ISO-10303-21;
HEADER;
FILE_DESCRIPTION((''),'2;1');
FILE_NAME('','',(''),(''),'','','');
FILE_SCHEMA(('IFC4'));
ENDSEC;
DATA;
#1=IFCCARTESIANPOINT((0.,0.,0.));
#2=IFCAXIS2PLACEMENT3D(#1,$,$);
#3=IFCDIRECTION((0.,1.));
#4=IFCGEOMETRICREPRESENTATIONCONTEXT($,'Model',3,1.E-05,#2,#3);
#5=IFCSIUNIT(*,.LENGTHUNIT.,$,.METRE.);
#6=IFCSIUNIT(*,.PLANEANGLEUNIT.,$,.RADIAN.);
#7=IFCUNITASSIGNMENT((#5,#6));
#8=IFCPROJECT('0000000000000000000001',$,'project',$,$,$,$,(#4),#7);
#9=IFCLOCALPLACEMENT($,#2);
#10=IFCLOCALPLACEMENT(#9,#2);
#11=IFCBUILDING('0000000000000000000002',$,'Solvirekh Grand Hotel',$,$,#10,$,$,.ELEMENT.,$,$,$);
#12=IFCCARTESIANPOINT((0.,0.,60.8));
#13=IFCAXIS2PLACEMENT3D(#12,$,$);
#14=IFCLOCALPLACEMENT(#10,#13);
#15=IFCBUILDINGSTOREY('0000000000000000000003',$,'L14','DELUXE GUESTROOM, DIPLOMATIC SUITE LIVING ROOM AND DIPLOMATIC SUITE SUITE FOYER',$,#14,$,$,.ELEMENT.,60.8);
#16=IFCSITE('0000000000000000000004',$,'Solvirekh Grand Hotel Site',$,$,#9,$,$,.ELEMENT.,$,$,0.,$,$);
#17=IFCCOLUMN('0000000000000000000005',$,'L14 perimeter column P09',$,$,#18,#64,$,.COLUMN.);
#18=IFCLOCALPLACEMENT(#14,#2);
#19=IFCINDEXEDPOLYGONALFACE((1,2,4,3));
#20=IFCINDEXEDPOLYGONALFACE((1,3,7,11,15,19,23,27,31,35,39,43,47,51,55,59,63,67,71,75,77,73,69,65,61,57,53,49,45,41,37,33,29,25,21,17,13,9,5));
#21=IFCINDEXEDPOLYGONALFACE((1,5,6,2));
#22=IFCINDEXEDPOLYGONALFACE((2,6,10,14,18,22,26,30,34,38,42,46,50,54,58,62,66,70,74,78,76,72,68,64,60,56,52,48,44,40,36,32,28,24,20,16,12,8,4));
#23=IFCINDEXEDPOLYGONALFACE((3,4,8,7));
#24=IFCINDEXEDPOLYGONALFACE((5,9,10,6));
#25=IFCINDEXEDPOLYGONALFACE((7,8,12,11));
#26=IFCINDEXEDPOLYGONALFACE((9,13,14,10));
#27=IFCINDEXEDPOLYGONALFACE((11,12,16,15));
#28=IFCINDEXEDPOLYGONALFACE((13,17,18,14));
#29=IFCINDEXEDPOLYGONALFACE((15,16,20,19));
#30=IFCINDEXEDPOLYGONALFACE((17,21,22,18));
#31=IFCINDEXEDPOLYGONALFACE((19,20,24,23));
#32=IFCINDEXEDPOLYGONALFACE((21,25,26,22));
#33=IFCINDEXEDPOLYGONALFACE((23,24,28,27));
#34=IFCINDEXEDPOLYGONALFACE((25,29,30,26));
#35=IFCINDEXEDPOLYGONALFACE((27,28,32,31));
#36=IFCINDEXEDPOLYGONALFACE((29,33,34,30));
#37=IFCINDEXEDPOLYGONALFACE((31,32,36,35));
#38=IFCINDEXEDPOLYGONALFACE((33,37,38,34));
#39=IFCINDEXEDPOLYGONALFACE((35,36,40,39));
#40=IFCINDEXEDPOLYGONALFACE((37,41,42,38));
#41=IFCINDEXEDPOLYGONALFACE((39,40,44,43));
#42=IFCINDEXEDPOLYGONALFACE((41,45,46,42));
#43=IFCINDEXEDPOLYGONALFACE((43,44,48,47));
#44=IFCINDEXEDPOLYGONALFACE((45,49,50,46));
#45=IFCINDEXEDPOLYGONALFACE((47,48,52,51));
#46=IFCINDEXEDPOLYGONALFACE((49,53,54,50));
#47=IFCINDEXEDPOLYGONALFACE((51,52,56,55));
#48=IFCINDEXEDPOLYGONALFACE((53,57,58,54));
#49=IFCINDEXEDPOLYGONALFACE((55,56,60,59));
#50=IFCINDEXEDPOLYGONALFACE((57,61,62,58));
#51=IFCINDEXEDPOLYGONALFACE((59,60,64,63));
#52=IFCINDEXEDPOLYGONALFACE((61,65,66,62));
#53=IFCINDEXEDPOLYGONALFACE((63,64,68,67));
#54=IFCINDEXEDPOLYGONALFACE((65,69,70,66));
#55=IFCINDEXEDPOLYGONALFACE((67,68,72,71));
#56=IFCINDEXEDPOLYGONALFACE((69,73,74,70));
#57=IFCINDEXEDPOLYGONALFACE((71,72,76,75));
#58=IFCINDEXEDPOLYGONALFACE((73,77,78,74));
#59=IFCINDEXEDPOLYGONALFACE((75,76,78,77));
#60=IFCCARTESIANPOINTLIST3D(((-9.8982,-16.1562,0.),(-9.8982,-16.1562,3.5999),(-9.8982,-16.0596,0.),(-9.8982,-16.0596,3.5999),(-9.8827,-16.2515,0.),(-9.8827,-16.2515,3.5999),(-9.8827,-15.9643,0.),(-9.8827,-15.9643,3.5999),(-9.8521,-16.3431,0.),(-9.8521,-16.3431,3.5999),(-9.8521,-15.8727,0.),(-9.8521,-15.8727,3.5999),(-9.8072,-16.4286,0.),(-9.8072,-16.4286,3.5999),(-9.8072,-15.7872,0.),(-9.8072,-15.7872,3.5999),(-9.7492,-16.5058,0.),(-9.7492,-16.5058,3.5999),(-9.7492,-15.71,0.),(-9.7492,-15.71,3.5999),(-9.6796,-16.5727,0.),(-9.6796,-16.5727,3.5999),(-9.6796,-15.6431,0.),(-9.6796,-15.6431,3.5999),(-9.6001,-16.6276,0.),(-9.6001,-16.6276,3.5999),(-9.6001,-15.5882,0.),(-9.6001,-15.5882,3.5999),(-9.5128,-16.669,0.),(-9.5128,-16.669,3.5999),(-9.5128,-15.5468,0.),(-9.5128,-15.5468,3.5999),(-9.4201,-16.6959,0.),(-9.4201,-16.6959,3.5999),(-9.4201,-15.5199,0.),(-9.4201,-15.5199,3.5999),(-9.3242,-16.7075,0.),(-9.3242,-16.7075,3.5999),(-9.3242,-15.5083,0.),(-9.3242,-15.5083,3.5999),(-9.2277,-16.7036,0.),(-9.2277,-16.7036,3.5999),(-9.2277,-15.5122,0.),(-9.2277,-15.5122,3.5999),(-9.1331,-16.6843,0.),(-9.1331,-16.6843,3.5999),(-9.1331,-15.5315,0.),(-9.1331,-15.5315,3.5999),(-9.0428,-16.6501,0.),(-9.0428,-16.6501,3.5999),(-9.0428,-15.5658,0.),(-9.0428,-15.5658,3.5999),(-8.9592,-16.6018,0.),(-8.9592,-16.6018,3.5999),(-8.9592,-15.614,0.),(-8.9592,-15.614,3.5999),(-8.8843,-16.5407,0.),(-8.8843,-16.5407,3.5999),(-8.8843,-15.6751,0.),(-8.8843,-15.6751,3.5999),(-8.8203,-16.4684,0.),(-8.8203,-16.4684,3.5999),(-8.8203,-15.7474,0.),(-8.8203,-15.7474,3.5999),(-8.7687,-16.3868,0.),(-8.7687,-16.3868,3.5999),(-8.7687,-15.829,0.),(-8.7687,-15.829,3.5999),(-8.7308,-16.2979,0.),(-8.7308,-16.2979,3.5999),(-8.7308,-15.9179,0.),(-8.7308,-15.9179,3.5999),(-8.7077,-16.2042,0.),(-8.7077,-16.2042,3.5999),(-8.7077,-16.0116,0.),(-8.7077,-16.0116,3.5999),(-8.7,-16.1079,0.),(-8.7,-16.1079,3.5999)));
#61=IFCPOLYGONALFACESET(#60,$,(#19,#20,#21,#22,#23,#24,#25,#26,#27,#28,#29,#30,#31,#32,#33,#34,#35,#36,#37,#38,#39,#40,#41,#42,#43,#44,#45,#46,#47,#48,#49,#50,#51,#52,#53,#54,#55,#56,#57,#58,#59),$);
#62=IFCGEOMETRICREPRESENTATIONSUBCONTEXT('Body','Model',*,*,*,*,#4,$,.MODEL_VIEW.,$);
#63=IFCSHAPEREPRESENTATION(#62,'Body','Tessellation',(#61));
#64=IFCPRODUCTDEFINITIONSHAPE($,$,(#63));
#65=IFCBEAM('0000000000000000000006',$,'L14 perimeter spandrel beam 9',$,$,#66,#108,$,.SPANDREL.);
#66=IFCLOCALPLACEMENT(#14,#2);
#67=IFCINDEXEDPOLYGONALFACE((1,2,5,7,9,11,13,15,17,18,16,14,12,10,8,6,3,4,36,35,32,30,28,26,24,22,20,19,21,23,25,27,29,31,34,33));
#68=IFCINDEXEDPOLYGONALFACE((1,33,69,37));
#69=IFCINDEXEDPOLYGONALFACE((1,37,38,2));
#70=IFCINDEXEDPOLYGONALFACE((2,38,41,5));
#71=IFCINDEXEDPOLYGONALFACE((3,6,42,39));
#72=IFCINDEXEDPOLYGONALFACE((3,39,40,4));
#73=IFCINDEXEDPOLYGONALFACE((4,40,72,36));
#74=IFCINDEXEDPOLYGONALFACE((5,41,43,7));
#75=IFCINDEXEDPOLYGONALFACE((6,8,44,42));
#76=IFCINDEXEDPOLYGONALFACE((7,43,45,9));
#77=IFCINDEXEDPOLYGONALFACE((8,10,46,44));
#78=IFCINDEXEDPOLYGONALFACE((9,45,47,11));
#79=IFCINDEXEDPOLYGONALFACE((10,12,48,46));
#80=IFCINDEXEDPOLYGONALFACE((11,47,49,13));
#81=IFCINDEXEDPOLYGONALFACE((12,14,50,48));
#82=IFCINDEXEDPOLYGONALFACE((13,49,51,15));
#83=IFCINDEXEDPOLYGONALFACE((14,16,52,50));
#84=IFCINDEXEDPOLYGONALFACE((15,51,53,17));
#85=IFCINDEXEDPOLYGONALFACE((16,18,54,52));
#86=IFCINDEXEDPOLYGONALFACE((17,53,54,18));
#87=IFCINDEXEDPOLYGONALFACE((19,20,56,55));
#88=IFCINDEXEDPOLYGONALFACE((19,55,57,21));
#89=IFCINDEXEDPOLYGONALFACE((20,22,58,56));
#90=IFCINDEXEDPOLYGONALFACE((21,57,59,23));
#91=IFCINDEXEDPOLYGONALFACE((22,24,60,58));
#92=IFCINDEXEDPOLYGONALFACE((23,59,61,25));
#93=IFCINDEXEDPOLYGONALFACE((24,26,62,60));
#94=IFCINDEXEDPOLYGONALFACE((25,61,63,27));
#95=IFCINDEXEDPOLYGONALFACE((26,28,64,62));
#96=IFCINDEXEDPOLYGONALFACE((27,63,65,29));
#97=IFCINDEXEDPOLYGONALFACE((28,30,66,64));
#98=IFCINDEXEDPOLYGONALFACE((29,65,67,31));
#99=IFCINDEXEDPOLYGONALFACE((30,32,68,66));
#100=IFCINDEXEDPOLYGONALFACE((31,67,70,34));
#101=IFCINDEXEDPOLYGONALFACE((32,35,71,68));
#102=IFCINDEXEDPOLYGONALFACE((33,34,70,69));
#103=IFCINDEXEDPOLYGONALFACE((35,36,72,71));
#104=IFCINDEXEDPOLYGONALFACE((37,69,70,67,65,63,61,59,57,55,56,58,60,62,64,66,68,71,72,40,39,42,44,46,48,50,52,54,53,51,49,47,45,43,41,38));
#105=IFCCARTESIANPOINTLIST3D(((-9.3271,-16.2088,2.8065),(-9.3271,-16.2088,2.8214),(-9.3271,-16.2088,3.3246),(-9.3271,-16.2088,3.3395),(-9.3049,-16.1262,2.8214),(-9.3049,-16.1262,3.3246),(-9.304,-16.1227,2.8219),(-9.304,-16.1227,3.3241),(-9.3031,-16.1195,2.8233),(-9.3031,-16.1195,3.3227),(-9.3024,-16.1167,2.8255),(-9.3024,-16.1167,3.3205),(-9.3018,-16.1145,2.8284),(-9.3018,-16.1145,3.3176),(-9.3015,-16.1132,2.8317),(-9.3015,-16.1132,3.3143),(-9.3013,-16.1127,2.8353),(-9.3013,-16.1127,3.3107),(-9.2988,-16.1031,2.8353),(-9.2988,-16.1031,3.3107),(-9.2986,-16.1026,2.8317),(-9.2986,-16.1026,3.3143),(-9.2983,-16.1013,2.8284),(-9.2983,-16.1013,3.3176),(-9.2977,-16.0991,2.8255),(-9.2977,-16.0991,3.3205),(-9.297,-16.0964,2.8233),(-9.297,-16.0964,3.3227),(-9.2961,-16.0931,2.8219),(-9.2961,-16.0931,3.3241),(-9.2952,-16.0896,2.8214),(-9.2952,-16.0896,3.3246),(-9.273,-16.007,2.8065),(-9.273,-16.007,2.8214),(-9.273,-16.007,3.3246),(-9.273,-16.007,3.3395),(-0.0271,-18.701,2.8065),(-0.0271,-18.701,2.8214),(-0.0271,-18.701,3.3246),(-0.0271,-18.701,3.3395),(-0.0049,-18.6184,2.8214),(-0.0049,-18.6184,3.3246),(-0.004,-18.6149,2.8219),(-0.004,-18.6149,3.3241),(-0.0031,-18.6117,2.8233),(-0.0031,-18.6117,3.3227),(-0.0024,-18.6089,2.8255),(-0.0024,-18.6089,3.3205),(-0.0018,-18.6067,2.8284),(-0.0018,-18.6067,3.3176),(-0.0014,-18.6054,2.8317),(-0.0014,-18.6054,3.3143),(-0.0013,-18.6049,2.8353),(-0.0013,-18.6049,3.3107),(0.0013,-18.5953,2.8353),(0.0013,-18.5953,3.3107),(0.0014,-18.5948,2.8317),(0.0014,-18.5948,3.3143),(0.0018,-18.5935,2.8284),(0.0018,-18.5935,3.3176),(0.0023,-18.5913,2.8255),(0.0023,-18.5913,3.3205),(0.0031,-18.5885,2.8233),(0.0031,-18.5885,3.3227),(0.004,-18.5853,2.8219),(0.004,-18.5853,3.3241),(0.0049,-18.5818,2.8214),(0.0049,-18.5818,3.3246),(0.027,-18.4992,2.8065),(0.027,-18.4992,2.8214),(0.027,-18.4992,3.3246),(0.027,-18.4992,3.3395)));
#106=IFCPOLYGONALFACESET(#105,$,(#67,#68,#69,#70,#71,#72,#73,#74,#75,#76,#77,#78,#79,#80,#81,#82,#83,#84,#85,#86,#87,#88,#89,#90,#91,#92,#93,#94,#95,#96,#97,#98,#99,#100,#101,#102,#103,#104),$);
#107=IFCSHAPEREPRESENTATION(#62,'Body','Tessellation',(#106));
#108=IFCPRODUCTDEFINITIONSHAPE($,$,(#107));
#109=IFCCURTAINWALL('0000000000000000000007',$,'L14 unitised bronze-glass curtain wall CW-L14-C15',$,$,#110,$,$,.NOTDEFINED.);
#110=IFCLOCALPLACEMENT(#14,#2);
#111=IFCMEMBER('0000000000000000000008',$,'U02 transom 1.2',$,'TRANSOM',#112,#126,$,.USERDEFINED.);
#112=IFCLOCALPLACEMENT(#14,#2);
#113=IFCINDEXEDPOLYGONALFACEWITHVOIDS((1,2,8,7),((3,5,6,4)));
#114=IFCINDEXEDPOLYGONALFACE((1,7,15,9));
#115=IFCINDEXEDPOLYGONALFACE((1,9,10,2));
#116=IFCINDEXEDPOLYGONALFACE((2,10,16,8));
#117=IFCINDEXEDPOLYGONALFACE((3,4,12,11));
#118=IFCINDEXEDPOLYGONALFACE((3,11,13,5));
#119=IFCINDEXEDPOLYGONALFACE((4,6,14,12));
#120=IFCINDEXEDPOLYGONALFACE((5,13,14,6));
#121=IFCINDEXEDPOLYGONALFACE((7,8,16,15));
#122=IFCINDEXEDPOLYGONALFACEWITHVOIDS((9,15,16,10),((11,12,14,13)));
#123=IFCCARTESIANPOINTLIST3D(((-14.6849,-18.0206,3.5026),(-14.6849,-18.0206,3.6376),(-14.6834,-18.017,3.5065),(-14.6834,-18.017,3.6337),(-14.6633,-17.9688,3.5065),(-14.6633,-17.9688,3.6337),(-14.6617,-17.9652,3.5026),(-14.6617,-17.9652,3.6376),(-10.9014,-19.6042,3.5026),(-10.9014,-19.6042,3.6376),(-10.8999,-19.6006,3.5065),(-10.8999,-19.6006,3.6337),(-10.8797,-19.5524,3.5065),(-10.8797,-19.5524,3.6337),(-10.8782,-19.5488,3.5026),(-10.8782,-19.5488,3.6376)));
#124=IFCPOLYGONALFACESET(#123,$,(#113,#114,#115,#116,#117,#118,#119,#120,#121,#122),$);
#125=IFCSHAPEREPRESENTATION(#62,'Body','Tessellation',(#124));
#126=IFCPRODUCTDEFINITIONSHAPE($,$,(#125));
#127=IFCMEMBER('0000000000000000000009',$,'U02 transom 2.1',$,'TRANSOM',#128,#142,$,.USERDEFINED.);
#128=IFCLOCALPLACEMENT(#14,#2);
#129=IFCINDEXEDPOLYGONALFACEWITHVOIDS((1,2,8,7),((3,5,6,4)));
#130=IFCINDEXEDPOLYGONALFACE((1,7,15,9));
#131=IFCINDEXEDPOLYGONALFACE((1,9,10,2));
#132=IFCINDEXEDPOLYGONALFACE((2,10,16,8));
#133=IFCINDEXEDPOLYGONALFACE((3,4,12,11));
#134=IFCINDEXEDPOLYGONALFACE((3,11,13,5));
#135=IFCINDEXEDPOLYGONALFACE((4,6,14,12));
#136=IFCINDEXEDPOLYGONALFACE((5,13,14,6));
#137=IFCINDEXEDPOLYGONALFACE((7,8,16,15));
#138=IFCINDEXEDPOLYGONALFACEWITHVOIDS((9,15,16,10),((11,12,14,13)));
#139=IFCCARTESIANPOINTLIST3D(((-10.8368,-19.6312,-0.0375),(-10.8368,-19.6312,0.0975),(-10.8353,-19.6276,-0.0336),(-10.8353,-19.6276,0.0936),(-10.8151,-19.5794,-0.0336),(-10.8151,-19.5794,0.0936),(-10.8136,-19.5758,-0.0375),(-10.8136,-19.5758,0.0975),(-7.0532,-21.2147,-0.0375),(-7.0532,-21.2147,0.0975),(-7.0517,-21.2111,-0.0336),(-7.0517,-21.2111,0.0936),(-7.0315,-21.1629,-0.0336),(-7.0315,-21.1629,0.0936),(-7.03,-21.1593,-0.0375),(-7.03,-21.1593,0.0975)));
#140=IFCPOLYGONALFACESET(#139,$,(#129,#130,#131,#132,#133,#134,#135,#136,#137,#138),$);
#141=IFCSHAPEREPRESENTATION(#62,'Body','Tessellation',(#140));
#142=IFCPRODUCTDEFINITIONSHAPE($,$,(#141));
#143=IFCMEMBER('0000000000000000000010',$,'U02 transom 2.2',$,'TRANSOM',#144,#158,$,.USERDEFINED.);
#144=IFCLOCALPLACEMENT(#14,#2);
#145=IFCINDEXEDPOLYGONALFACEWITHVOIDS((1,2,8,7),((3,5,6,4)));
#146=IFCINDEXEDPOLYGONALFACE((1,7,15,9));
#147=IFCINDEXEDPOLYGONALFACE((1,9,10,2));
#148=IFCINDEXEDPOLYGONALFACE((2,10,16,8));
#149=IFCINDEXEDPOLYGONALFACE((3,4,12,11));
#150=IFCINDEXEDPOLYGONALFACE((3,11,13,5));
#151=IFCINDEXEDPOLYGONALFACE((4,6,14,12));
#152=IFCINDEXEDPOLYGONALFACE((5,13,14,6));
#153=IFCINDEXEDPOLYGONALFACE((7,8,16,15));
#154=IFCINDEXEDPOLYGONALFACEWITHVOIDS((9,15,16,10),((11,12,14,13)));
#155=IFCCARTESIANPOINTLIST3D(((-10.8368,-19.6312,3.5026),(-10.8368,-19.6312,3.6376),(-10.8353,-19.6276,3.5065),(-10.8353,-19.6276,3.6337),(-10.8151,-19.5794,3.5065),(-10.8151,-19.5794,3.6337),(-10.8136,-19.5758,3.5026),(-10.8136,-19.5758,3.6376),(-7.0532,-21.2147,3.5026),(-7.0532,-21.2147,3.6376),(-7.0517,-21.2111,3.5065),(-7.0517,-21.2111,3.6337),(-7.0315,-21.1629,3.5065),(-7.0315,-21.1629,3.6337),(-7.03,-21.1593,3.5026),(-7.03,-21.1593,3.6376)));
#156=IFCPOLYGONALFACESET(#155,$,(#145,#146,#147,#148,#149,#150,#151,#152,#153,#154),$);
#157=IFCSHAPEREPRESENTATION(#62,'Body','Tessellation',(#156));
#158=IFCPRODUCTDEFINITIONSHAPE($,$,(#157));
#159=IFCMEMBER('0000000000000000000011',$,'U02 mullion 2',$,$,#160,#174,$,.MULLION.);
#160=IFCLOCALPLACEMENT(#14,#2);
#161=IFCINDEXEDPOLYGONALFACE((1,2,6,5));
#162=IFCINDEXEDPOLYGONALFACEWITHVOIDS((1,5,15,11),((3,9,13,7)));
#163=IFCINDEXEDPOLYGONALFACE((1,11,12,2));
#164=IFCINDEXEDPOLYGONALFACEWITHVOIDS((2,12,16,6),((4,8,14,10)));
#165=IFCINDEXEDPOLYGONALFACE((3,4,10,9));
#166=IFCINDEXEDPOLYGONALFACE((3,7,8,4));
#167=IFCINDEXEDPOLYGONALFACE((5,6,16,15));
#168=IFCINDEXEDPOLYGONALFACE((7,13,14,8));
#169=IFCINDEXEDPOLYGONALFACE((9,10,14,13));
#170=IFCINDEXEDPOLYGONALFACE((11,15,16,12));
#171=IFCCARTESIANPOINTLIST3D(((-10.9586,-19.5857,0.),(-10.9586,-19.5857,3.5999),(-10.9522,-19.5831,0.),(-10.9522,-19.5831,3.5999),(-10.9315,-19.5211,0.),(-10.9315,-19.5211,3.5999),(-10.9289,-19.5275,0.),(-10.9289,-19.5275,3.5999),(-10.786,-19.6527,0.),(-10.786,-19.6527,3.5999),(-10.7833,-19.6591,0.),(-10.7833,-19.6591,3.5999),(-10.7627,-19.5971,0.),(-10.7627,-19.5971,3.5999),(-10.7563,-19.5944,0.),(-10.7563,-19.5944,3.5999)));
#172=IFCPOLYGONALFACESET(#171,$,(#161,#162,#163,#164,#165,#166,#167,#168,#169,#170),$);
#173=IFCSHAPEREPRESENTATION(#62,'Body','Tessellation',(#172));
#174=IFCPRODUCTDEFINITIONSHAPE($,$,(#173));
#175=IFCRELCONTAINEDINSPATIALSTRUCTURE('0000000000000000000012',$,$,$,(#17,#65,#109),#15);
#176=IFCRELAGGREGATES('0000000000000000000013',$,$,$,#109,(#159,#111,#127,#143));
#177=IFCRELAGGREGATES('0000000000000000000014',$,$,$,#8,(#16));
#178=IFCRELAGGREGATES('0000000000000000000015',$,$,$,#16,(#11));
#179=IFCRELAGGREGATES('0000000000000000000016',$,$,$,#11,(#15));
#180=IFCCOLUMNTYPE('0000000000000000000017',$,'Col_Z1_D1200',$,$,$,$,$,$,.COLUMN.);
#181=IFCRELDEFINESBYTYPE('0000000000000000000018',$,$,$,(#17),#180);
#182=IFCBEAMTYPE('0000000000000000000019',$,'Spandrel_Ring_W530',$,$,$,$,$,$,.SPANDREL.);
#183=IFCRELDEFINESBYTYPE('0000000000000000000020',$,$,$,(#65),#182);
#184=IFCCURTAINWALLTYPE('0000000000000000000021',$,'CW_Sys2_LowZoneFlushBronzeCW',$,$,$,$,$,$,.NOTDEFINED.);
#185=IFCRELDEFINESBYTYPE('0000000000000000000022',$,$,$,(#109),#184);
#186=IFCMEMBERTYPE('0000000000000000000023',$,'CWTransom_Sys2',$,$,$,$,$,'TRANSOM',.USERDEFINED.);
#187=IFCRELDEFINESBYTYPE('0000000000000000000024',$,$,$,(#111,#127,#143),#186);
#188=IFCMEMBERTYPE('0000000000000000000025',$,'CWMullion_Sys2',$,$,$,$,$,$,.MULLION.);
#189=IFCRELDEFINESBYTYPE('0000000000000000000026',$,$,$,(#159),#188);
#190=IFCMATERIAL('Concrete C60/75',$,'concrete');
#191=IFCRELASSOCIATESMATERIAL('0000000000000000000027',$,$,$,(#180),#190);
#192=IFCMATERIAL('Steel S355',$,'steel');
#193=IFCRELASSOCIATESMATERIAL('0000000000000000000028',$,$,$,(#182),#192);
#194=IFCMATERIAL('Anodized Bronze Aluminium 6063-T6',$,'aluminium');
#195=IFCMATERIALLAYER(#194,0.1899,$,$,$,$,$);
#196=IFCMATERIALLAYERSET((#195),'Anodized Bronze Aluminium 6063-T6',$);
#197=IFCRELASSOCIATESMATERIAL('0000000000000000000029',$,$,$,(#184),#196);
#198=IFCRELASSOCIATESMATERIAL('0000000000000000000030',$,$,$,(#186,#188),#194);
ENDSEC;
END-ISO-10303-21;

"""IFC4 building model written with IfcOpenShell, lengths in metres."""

from ifc_helpers import new_model, si_unit, direction, frame, origin, origin_2d, place, context, subcontext, project, spatial, hollow_rectangle, circle, i_section, extrude, source, transform, mapped, material, layer, layer_set, material_profile, profile_set, type_object, element, aggregate, save


model = new_model("IFC4")

# Units and contexts
model_context = context("Model", 3, precision=1e-05, world=origin(), true_north=direction((0.0, 1.0)))
body_context = subcontext(model_context, "Body", "Model", "MODEL_VIEW")
ifc_project = project(units=[si_unit("LENGTHUNIT", "METRE"), si_unit("PLANEANGLEUNIT", "RADIAN")], contexts=[model_context])

# Site, building, storey
site_placement = place(None, origin())
site = spatial("IfcSite", under=ifc_project, at=site_placement, Name="Solvirekh Grand Hotel Site", CompositionType="ELEMENT", RefElevation=0.0)
building_placement = place(site_placement, origin())
building = spatial("IfcBuilding", under=site, at=building_placement, Name="Solvirekh Grand Hotel", CompositionType="ELEMENT")
storey_placement = place(building_placement, frame((0.0, 0.0, 60.8)))
storey = spatial("IfcBuildingStorey", under=building, at=storey_placement, Name="L14", Description="DELUXE GUESTROOM, DIPLOMATIC SUITE LIVING ROOM AND DIPLOMATIC SUITE SUITE FOYER", CompositionType="ELEMENT", Elevation=60.8)

# Column
ifc_material_1 = material(Name="Concrete C60/75", Category="concrete")
ifc_material_profile_1 = material_profile(ifc_material_1, circle(Radius=0.6001, at=origin_2d()), Name="RC CIRC D1200")
ifc_profile_set_1 = profile_set([ifc_material_profile_1], Name="Concrete C60/75")
column_type = type_object("IfcColumnType", Name="Col_Z1_D1200", PredefinedType="COLUMN", material=ifc_profile_set_1)
column_placement = place(storey_placement, frame((-9.3, -16.1079, 0.0), z_axis=(0.0, 0.0, 1.0), x_axis=(1.0, 0.0, 0.0)))
element("IfcColumn", 1, at=column_placement, inside=storey, type_object=column_type, Name="L14 perimeter column P09", PredefinedType="COLUMN", context=body_context, shape_type="SweptSolid", body=[
    extrude(circle(Radius=0.6001, at=origin_2d()), origin(), (0.0, 0.0, 1.0), 3.5999),
])

# Beam
ifc_material_2 = material(Name="Steel S355", Category="steel")
ifc_material_profile_2 = material_profile(ifc_material_2, i_section(OverallWidth=0.209, OverallDepth=0.533, WebThickness=0.01, FlangeThickness=0.0149, FilletRadius=0.0139, at=origin_2d()), Name="W530X92")
ifc_profile_set_2 = profile_set([ifc_material_profile_2], Name="Steel S355")
beam_type = type_object("IfcBeamType", Name="Spandrel_Ring_W530", PredefinedType="SPANDREL", material=ifc_profile_set_2)
beam_placement = place(storey_placement, frame((-9.3, -16.1079, 3.073), z_axis=(0.965919, -0.258843, 0.0), x_axis=(0.258843, 0.965919, 0.0)))
element("IfcBeam", 2, at=beam_placement, inside=storey, type_object=beam_type, Name="L14 perimeter spandrel beam 9", PredefinedType="SPANDREL", context=body_context, shape_type="SweptSolid", body=[
    extrude(i_section(OverallWidth=0.209, OverallDepth=0.533, WebThickness=0.01, FlangeThickness=0.0149, FilletRadius=0.0139, at=origin_2d()), origin(), (0.0, 0.0, 1.0), 9.6282),
])

# Curtain wall, members
ifc_material_3 = material(Name="Anodized Bronze Aluminium 6063-T6", Category="aluminium")
ifc_layer_1 = layer(ifc_material_3, 0.1899)
ifc_layer_set_1 = layer_set([ifc_layer_1], Name="Anodized Bronze Aluminium 6063-T6")
curtain_wall_type = type_object("IfcCurtainWallType", Name="CW_Sys2_LowZoneFlushBronzeCW", PredefinedType="NOTDEFINED", material=ifc_layer_set_1)
curtain_wall_placement = place(storey_placement, origin())
curtain_wall = element("IfcCurtainWall", 3, at=curtain_wall_placement, inside=storey, type_object=curtain_wall_type, Name="L14 unitised bronze-glass curtain wall CW-L14-C15", PredefinedType="NOTDEFINED")
ifc_material_profile_3 = material_profile(ifc_material_3, hollow_rectangle(XDim=0.0601, YDim=0.135, WallThickness=0.0039, at=origin_2d()), Name="ALU RHS 135X60X4")
ifc_profile_set_3 = profile_set([ifc_material_profile_3], Name="Anodized Bronze Aluminium 6063-T6")
member_type_1 = type_object("IfcMemberType", Name="CWTransom_Sys2", ElementType="TRANSOM", PredefinedType="USERDEFINED", material=ifc_profile_set_3)
shared_shape_1 = source(origin(), body_context, "Body", "SweptSolid", [
    extrude(hollow_rectangle(XDim=0.0601, YDim=0.135, WallThickness=0.0039, at=origin_2d()), origin(), (0.0, 0.0, 1.0), 4.1016),
])
member_1_placement = place(storey_placement, frame((-14.6733, -17.9929, 3.5701), z_axis=(0.922465, -0.386082, 0.0), x_axis=(0.386082, 0.922465, 0.0)))
member_1 = element("IfcMember", 4, at=member_1_placement, type_object=member_type_1, Name="U02 transom 1.2", ObjectType="TRANSOM", PredefinedType="USERDEFINED", context=body_context, shape_type="MappedRepresentation", body=[
    mapped(shared_shape_1, transform((0.0, 0.0, 0.0), x_axis=(1.0, 0.0, 0.0), y_axis=(0.0, 1.0, 0.0), z_axis=(0.0, 0.0, 1.0), scale=1.0)),
])
member_2_placement = place(storey_placement, frame((-10.8252, -19.6035, 0.03), z_axis=(0.922474, -0.38606, 0.0), x_axis=(0.38606, 0.922474, 0.0)))
member_2 = element("IfcMember", 5, at=member_2_placement, type_object=member_type_1, Name="U02 transom 2.1", ObjectType="TRANSOM", PredefinedType="USERDEFINED", context=body_context, shape_type="MappedRepresentation", body=[
    mapped(shared_shape_1, transform((0.0, 0.0, 0.0), x_axis=(1.0, 0.0, 0.0), y_axis=(0.0, 1.0, 0.0), z_axis=(0.0, 0.0, 1.0), scale=1.0)),
])
member_3_placement = place(storey_placement, frame((-10.8252, -19.6035, 3.5701), z_axis=(0.922474, -0.38606, 0.0), x_axis=(0.38606, 0.922474, 0.0)))
member_3 = element("IfcMember", 6, at=member_3_placement, type_object=member_type_1, Name="U02 transom 2.2", ObjectType="TRANSOM", PredefinedType="USERDEFINED", context=body_context, shape_type="MappedRepresentation", body=[
    mapped(shared_shape_1, transform((0.0, 0.0, 0.0), x_axis=(1.0, 0.0, 0.0), y_axis=(0.0, 1.0, 0.0), z_axis=(0.0, 0.0, 1.0), scale=1.0)),
])
ifc_material_profile_4 = material_profile(ifc_material_3, hollow_rectangle(XDim=0.0701, YDim=0.1899, WallThickness=0.0049, at=origin_2d()), Name="ALU RHS 190X70X5")
ifc_profile_set_4 = profile_set([ifc_material_profile_4], Name="Anodized Bronze Aluminium 6063-T6")
member_type_2 = type_object("IfcMemberType", Name="CWMullion_Sys2", PredefinedType="MULLION", material=ifc_profile_set_4)
shared_shape_2 = source(origin(), body_context, "Body", "SweptSolid", [
    extrude(hollow_rectangle(XDim=0.0701, YDim=0.1899, WallThickness=0.0049, at=origin_2d()), origin(), (0.0, 0.0, 1.0), 3.5999),
])
member_4_placement = place(storey_placement, frame((-10.8574, -19.5901, 0.0), z_axis=(0.0, 0.0, 1.0), x_axis=(0.386058, 0.922474, 0.0)))
member_4 = element("IfcMember", 7, at=member_4_placement, type_object=member_type_2, Name="U02 mullion 2", PredefinedType="MULLION", context=body_context, shape_type="MappedRepresentation", body=[
    mapped(shared_shape_2, transform((0.0, 0.0, 0.0), x_axis=(1.0, 0.0, 0.0), y_axis=(0.0, 1.0, 0.0), z_axis=(0.0, 0.0, 1.0), scale=1.0)),
])
aggregate(curtain_wall, [member_4, member_1, member_2, member_3])

save(model, "model.ifc")
